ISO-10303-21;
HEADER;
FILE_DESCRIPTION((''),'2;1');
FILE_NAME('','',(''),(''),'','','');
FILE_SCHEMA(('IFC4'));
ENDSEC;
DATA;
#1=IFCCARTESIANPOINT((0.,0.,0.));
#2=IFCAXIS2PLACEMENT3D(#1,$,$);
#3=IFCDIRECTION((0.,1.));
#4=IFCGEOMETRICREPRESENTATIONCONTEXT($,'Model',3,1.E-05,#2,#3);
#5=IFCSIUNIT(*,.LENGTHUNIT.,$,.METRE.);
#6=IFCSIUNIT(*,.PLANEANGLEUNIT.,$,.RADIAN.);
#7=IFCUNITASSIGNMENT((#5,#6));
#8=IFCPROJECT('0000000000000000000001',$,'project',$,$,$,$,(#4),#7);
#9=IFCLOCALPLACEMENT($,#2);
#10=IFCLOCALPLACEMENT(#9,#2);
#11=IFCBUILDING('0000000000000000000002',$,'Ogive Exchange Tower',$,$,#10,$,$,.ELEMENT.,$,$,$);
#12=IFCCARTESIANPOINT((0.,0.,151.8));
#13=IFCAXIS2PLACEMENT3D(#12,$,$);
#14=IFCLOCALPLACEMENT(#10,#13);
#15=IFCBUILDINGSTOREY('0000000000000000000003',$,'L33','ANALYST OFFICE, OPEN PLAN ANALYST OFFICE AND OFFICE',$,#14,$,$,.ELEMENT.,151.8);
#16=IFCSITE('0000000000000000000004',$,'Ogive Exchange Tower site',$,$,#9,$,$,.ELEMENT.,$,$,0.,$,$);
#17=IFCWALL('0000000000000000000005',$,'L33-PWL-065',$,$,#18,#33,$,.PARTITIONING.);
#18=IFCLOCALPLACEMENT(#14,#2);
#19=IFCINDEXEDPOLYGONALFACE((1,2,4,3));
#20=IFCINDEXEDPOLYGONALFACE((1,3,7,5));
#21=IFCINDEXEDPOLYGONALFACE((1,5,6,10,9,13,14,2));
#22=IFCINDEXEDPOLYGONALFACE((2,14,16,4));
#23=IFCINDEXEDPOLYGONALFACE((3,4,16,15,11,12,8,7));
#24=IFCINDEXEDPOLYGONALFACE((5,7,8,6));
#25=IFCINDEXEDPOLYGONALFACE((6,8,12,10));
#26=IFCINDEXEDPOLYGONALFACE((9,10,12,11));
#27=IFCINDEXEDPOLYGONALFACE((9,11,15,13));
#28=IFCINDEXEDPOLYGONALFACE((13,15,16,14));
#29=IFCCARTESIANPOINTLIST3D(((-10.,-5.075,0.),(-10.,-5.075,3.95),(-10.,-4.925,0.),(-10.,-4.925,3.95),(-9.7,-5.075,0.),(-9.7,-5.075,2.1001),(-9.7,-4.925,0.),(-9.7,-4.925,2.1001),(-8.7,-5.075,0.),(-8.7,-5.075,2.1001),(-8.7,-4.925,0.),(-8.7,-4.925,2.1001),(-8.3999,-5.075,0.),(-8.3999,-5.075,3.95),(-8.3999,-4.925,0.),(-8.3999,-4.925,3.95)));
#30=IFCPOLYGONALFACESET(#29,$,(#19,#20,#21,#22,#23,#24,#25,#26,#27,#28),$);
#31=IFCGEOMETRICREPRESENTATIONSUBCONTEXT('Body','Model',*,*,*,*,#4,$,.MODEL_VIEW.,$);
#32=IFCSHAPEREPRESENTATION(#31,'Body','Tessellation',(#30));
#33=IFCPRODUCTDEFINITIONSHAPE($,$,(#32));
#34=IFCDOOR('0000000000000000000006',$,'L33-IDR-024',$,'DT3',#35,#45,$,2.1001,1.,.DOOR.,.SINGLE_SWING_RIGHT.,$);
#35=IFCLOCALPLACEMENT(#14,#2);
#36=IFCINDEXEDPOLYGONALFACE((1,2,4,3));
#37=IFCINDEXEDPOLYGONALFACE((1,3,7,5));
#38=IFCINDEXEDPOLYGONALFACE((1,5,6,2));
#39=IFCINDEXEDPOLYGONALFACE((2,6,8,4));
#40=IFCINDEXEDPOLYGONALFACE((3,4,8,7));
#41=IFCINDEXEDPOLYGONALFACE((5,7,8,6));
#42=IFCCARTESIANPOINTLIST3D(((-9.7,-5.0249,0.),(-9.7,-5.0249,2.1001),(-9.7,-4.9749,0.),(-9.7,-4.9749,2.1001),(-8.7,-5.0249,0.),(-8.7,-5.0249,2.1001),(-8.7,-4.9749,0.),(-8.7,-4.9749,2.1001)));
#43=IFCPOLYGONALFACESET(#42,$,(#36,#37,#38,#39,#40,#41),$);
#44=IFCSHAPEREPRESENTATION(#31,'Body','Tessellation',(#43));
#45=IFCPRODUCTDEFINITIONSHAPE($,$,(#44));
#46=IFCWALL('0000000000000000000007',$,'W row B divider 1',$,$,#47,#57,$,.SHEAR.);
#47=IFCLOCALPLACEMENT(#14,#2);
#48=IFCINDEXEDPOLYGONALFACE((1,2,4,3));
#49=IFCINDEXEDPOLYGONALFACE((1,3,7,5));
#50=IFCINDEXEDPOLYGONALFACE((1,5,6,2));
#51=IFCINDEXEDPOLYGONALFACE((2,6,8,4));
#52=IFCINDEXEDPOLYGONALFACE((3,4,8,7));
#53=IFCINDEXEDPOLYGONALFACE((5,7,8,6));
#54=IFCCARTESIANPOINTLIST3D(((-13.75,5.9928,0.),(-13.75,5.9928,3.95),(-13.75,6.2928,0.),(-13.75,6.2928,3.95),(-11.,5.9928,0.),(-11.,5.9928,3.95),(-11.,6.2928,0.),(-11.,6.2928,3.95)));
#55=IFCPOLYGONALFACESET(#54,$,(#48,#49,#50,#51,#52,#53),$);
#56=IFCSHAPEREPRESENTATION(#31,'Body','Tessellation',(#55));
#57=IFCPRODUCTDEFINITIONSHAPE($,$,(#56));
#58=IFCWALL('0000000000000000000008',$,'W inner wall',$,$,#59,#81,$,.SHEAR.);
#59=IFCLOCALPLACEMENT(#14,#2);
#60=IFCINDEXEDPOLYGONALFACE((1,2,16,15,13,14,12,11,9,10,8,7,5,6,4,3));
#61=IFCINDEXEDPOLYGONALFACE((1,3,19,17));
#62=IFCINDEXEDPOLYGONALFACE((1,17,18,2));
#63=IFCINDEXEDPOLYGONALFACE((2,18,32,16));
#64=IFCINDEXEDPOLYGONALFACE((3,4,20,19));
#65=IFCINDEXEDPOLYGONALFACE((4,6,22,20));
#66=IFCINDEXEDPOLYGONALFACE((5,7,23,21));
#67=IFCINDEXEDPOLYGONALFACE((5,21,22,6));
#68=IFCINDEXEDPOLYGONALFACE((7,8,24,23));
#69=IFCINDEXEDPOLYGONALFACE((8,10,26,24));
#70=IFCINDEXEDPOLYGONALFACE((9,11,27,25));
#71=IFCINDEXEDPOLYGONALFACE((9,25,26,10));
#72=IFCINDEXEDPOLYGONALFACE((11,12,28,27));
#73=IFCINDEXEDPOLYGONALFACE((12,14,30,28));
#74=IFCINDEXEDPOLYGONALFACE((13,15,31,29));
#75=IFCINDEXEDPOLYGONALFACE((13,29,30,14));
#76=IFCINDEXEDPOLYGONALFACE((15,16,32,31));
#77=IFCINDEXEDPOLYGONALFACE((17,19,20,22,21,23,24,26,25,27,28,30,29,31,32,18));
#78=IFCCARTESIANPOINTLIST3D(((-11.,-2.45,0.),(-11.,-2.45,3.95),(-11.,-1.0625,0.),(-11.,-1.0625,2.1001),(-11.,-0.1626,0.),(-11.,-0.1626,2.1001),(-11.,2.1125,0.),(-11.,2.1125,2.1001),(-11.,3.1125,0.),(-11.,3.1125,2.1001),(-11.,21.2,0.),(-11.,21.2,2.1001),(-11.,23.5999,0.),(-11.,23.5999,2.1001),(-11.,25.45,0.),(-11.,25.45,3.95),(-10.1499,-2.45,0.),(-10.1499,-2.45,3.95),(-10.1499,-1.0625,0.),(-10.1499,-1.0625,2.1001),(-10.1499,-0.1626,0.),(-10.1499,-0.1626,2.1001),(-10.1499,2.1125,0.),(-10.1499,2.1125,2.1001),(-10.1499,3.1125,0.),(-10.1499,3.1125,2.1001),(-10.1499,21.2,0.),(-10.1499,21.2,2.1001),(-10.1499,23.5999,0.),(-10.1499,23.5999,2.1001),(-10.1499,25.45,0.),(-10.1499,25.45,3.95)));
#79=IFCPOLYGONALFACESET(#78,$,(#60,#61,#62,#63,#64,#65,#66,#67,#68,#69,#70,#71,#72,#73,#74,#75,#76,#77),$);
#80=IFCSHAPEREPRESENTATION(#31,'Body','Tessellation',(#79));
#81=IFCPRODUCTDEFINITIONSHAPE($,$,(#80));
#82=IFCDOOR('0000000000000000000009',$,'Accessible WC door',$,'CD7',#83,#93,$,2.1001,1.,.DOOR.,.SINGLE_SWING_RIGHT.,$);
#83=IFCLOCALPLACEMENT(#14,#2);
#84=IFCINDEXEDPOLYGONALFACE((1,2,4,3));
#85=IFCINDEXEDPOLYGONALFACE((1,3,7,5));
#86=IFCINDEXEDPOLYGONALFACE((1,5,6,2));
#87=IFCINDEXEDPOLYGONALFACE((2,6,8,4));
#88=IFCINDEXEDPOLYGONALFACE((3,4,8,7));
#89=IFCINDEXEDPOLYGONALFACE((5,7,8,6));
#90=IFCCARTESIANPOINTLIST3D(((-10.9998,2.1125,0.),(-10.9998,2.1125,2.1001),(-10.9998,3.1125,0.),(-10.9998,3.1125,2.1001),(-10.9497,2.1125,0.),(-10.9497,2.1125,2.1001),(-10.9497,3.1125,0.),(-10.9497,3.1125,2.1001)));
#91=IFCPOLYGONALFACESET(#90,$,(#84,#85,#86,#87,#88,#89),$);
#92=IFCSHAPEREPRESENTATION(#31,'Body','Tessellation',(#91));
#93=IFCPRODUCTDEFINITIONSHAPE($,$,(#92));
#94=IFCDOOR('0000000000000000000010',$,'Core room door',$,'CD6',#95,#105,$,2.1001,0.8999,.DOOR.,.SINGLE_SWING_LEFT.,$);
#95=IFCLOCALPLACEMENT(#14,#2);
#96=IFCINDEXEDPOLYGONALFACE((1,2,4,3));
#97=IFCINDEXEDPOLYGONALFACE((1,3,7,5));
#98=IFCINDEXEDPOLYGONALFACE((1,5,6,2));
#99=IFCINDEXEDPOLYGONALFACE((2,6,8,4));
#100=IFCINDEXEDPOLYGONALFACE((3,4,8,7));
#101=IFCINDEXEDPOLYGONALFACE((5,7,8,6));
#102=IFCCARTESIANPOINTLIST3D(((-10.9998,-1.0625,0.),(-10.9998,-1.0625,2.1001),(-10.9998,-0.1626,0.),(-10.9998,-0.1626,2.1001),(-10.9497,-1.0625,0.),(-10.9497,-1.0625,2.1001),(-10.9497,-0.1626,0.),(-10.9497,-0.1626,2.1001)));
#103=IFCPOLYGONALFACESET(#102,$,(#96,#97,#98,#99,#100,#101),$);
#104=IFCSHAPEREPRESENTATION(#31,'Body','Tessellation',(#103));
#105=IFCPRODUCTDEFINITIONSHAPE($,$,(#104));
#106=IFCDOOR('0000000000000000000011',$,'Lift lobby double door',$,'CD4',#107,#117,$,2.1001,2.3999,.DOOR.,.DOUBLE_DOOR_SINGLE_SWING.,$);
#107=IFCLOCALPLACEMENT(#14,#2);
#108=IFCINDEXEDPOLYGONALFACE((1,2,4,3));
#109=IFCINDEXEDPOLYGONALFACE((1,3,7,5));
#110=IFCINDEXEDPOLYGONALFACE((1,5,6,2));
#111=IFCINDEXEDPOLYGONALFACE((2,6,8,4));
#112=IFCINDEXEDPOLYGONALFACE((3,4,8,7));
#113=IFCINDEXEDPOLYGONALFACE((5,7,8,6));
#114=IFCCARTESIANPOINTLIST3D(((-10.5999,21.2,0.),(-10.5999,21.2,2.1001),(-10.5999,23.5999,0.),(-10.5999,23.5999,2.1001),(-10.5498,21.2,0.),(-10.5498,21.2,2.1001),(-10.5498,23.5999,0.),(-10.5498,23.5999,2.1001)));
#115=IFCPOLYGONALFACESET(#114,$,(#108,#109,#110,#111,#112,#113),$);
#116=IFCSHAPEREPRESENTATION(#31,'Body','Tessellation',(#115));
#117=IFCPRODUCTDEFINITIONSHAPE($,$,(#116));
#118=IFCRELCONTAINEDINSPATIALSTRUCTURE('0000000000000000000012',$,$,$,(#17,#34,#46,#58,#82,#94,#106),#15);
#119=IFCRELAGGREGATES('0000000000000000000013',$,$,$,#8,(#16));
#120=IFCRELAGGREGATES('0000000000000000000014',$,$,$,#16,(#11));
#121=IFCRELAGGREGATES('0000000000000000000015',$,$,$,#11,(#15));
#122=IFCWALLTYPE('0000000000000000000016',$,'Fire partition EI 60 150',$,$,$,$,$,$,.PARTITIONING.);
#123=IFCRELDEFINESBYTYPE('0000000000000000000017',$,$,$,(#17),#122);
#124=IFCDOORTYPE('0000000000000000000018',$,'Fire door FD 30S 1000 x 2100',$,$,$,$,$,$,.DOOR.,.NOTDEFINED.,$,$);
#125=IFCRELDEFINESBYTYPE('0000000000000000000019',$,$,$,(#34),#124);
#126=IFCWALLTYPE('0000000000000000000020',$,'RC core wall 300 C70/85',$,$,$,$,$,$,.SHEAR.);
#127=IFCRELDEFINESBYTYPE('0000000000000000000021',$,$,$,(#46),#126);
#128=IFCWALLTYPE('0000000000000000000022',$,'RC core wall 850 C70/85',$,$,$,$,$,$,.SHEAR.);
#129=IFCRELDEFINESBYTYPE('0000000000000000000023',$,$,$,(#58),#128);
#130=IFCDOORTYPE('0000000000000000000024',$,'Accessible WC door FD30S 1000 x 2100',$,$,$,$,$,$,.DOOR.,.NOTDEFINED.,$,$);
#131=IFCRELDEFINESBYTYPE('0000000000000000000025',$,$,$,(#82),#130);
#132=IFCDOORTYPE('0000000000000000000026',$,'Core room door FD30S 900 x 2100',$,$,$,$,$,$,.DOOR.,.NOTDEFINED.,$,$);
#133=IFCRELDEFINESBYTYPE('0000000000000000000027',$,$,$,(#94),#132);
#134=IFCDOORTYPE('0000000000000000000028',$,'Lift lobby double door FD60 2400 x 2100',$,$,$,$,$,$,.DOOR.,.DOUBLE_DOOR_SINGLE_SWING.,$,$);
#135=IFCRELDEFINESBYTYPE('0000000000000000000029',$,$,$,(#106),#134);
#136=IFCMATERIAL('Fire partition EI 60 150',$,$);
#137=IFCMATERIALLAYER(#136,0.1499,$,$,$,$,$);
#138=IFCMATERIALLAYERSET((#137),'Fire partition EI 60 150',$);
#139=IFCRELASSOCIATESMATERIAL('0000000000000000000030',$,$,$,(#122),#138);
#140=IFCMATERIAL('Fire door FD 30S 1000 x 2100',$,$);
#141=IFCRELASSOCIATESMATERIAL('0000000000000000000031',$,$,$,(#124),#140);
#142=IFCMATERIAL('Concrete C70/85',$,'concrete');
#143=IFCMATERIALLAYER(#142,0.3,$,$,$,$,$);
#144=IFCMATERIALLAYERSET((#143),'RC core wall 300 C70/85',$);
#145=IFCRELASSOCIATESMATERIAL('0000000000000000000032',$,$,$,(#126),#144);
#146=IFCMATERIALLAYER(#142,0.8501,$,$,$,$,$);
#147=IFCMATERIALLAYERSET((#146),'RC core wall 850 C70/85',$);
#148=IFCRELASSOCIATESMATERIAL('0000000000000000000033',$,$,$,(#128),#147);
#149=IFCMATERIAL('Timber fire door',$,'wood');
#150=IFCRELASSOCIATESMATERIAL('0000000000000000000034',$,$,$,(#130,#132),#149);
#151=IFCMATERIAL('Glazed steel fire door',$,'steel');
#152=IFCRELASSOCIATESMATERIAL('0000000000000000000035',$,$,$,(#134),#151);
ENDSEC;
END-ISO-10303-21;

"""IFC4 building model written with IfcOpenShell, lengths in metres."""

from ifc_helpers import new_model, si_unit, direction, frame, frame_2d, origin, place, context, subcontext, project, spatial, rectangle, extrude, material, layer, layer_set, type_object, element, fill, save


model = new_model("IFC4")

# Units and contexts
model_context = context("Model", 3, precision=1e-05, world=origin(), true_north=direction((0.0, 1.0)))
body_context = subcontext(model_context, "Body", "Model", "MODEL_VIEW")
ifc_project = project(units=[si_unit("LENGTHUNIT", "METRE"), si_unit("PLANEANGLEUNIT", "RADIAN")], contexts=[model_context])

# Site, building, storey
site_placement = place(None, origin())
site = spatial("IfcSite", under=ifc_project, at=site_placement, Name="Ogive Exchange Tower site", CompositionType="ELEMENT", RefElevation=0.0)
building_placement = place(site_placement, origin())
building = spatial("IfcBuilding", under=site, at=building_placement, Name="Ogive Exchange Tower", CompositionType="ELEMENT")
storey_placement = place(building_placement, frame((0.0, 0.0, 151.8)))
storey = spatial("IfcBuildingStorey", under=building, at=storey_placement, Name="L33", Description="ANALYST OFFICE, OPEN PLAN ANALYST OFFICE AND OFFICE", CompositionType="ELEMENT", Elevation=151.8)

# Shared definitions
ifc_material_1 = material(Name="Fire partition EI 60 150")
ifc_layer_1 = layer(ifc_material_1, 0.1499)
ifc_layer_set_1 = layer_set([ifc_layer_1], Name="Fire partition EI 60 150")
wall_type_1 = type_object("IfcWallType", Name="Fire partition EI 60 150", PredefinedType="PARTITIONING", material=ifc_layer_set_1)

# Wall, opening, door
wall_1_placement = place(storey_placement, frame((-8.3999, -5.0, 0.0), z_axis=(0.0, 0.0, 1.0), x_axis=(-1.0, 0.0, 0.0)))
wall_1 = element("IfcWall", 1, at=wall_1_placement, inside=storey, type_object=wall_type_1, Name="L33-PWL-065", PredefinedType="PARTITIONING", context=body_context, shape_type="SweptSolid", body=[
    extrude(rectangle(XDim=1.6001, YDim=0.1499, at=frame_2d((0.8, 0.0))), origin(), (0.0, 0.0, 1.0), 3.95),
])
opening_1_placement = place(wall_1_placement, frame((0.3, 0.0, 0.0)))
opening_1 = element("IfcOpeningElement", 2, at=opening_1_placement, cuts=wall_1, PredefinedType="OPENING", context=body_context, shape_type="SweptSolid", body=[
    extrude(rectangle(XDim=1.0, YDim=2.1001, at=frame_2d((0.5, 1.05))), frame((0.0, 0.085, 0.0), z_axis=(0.0, -1.0, 0.0), x_axis=(1.0, 0.0, 0.0)), (0.0, 0.0, 1.0), 0.1699),
])
ifc_material_2 = material(Name="Fire door FD 30S 1000 x 2100")
door_type_1 = type_object("IfcDoorType", Name="Fire door FD 30S 1000 x 2100", OperationType="NOTDEFINED", PredefinedType="DOOR", material=ifc_material_2)
door_1_placement = place(opening_1_placement, origin())
door_1 = element("IfcDoor", 3, at=door_1_placement, inside=storey, type_object=door_type_1, Name="L33-IDR-024", ObjectType="DT3", OperationType="SINGLE_SWING_RIGHT", OverallHeight=2.1001, OverallWidth=1.0, PredefinedType="DOOR", context=body_context, shape_type="SweptSolid", body=[
    extrude(rectangle(XDim=1.0, YDim=2.1001, at=frame_2d((0.5, 1.05))), frame((0.0, 0.0249, 0.0), z_axis=(0.0, -1.0, 0.0), x_axis=(1.0, 0.0, 0.0)), (0.0, 0.0, 1.0), 0.05),
])
fill(opening_1, door_1)

# Wall
ifc_material_3 = material(Name="Concrete C70/85", Category="concrete")
ifc_layer_2 = layer(ifc_material_3, 0.3)
ifc_layer_set_2 = layer_set([ifc_layer_2], Name="RC core wall 300 C70/85")
wall_type_2 = type_object("IfcWallType", Name="RC core wall 300 C70/85", PredefinedType="SHEAR", material=ifc_layer_set_2)
wall_2_placement = place(storey_placement, frame((-13.75, 6.1428, 0.0), z_axis=(0.0, 0.0, 1.0), x_axis=(1.0, 0.0, 0.0)))
element("IfcWall", 4, at=wall_2_placement, inside=storey, type_object=wall_type_2, Name="W row B divider 1", PredefinedType="SHEAR", context=body_context, shape_type="SweptSolid", body=[
    extrude(rectangle(XDim=2.75, YDim=0.3, at=frame_2d((1.375, 0.0))), origin(), (0.0, 0.0, 1.0), 3.95),
])

# Wall, openings, doors
ifc_layer_3 = layer(ifc_material_3, 0.8501)
ifc_layer_set_3 = layer_set([ifc_layer_3], Name="RC core wall 850 C70/85")
wall_type_3 = type_object("IfcWallType", Name="RC core wall 850 C70/85", PredefinedType="SHEAR", material=ifc_layer_set_3)
wall_3_placement = place(storey_placement, frame((-10.575, -2.45, 0.0), z_axis=(0.0, 0.0, 1.0), x_axis=(0.0, 1.0, 0.0)))
wall_3 = element("IfcWall", 5, at=wall_3_placement, inside=storey, type_object=wall_type_3, Name="W inner wall", PredefinedType="SHEAR", context=body_context, shape_type="SweptSolid", body=[
    extrude(rectangle(XDim=27.8999, YDim=0.8501, at=frame_2d((13.95, 0.0))), origin(), (0.0, 0.0, 1.0), 3.95),
])
opening_2_placement = place(wall_3_placement, frame((23.6499, 0.0, 0.0)))
opening_2 = element("IfcOpeningElement", 6, at=opening_2_placement, cuts=wall_3, PredefinedType="OPENING", context=body_context, shape_type="SweptSolid", body=[
    extrude(rectangle(XDim=2.3999, YDim=2.1001, at=frame_2d((1.2, 1.05))), frame((0.0, 0.4351, 0.0), z_axis=(0.0, -1.0, 0.0), x_axis=(1.0, 0.0, 0.0)), (0.0, 0.0, 1.0), 0.8701),
])
opening_3_placement = place(wall_3_placement, frame((1.3875, 0.0, 0.0)))
opening_3 = element("IfcOpeningElement", 7, at=opening_3_placement, cuts=wall_3, PredefinedType="OPENING", context=body_context, shape_type="SweptSolid", body=[
    extrude(rectangle(XDim=0.8999, YDim=2.1001, at=frame_2d((0.45, 1.05))), frame((0.0, 0.4351, 0.0), z_axis=(0.0, -1.0, 0.0), x_axis=(1.0, 0.0, 0.0)), (0.0, 0.0, 1.0), 0.8701),
])
opening_4_placement = place(wall_3_placement, frame((4.5625, 0.0, 0.0)))
opening_4 = element("IfcOpeningElement", 8, at=opening_4_placement, cuts=wall_3, PredefinedType="OPENING", context=body_context, shape_type="SweptSolid", body=[
    extrude(rectangle(XDim=1.0, YDim=2.1001, at=frame_2d((0.5, 1.05))), frame((0.0, 0.4351, 0.0), z_axis=(0.0, -1.0, 0.0), x_axis=(1.0, 0.0, 0.0)), (0.0, 0.0, 1.0), 0.8701),
])
ifc_material_4 = material(Name="Timber fire door", Category="wood")
door_type_2 = type_object("IfcDoorType", Name="Accessible WC door FD30S 1000 x 2100", OperationType="NOTDEFINED", PredefinedType="DOOR", material=ifc_material_4)
door_2_placement = place(opening_4_placement, origin())
door_2 = element("IfcDoor", 9, at=door_2_placement, inside=storey, type_object=door_type_2, Name="Accessible WC door", ObjectType="CD7", OperationType="SINGLE_SWING_RIGHT", OverallHeight=2.1001, OverallWidth=1.0, PredefinedType="DOOR", context=body_context, shape_type="SweptSolid", body=[
    extrude(rectangle(XDim=1.0, YDim=2.1001, at=frame_2d((0.5, 1.05))), frame((0.0, 0.4248, 0.0), z_axis=(0.0, -1.0, 0.0), x_axis=(1.0, 0.0, 0.0)), (0.0, 0.0, 1.0), 0.05),
])
fill(opening_4, door_2)
door_type_3 = type_object("IfcDoorType", Name="Core room door FD30S 900 x 2100", OperationType="NOTDEFINED", PredefinedType="DOOR", material=ifc_material_4)
door_3_placement = place(opening_3_placement, origin())
door_3 = element("IfcDoor", 10, at=door_3_placement, inside=storey, type_object=door_type_3, Name="Core room door", ObjectType="CD6", OperationType="SINGLE_SWING_LEFT", OverallHeight=2.1001, OverallWidth=0.8999, PredefinedType="DOOR", context=body_context, shape_type="SweptSolid", body=[
    extrude(rectangle(XDim=0.8999, YDim=2.1001, at=frame_2d((0.45, 1.05))), frame((0.0, 0.4248, 0.0), z_axis=(0.0, -1.0, 0.0), x_axis=(1.0, 0.0, 0.0)), (0.0, 0.0, 1.0), 0.05),
])
fill(opening_3, door_3)
ifc_material_5 = material(Name="Glazed steel fire door", Category="steel")
door_type_4 = type_object("IfcDoorType", Name="Lift lobby double door FD60 2400 x 2100", OperationType="DOUBLE_DOOR_SINGLE_SWING", PredefinedType="DOOR", material=ifc_material_5)
door_4_placement = place(opening_2_placement, origin())
door_4 = element("IfcDoor", 11, at=door_4_placement, inside=storey, type_object=door_type_4, Name="Lift lobby double door", ObjectType="CD4", OperationType="DOUBLE_DOOR_SINGLE_SWING", OverallHeight=2.1001, OverallWidth=2.3999, PredefinedType="DOOR", context=body_context, shape_type="SweptSolid", body=[
    extrude(rectangle(XDim=2.3999, YDim=2.1001, at=frame_2d((1.2, 1.05))), frame((0.0, 0.0249, 0.0), z_axis=(0.0, -1.0, 0.0), x_axis=(1.0, 0.0, 0.0)), (0.0, 0.0, 1.0), 0.05),
])
fill(opening_2, door_4)

save(model, "model.ifc")
